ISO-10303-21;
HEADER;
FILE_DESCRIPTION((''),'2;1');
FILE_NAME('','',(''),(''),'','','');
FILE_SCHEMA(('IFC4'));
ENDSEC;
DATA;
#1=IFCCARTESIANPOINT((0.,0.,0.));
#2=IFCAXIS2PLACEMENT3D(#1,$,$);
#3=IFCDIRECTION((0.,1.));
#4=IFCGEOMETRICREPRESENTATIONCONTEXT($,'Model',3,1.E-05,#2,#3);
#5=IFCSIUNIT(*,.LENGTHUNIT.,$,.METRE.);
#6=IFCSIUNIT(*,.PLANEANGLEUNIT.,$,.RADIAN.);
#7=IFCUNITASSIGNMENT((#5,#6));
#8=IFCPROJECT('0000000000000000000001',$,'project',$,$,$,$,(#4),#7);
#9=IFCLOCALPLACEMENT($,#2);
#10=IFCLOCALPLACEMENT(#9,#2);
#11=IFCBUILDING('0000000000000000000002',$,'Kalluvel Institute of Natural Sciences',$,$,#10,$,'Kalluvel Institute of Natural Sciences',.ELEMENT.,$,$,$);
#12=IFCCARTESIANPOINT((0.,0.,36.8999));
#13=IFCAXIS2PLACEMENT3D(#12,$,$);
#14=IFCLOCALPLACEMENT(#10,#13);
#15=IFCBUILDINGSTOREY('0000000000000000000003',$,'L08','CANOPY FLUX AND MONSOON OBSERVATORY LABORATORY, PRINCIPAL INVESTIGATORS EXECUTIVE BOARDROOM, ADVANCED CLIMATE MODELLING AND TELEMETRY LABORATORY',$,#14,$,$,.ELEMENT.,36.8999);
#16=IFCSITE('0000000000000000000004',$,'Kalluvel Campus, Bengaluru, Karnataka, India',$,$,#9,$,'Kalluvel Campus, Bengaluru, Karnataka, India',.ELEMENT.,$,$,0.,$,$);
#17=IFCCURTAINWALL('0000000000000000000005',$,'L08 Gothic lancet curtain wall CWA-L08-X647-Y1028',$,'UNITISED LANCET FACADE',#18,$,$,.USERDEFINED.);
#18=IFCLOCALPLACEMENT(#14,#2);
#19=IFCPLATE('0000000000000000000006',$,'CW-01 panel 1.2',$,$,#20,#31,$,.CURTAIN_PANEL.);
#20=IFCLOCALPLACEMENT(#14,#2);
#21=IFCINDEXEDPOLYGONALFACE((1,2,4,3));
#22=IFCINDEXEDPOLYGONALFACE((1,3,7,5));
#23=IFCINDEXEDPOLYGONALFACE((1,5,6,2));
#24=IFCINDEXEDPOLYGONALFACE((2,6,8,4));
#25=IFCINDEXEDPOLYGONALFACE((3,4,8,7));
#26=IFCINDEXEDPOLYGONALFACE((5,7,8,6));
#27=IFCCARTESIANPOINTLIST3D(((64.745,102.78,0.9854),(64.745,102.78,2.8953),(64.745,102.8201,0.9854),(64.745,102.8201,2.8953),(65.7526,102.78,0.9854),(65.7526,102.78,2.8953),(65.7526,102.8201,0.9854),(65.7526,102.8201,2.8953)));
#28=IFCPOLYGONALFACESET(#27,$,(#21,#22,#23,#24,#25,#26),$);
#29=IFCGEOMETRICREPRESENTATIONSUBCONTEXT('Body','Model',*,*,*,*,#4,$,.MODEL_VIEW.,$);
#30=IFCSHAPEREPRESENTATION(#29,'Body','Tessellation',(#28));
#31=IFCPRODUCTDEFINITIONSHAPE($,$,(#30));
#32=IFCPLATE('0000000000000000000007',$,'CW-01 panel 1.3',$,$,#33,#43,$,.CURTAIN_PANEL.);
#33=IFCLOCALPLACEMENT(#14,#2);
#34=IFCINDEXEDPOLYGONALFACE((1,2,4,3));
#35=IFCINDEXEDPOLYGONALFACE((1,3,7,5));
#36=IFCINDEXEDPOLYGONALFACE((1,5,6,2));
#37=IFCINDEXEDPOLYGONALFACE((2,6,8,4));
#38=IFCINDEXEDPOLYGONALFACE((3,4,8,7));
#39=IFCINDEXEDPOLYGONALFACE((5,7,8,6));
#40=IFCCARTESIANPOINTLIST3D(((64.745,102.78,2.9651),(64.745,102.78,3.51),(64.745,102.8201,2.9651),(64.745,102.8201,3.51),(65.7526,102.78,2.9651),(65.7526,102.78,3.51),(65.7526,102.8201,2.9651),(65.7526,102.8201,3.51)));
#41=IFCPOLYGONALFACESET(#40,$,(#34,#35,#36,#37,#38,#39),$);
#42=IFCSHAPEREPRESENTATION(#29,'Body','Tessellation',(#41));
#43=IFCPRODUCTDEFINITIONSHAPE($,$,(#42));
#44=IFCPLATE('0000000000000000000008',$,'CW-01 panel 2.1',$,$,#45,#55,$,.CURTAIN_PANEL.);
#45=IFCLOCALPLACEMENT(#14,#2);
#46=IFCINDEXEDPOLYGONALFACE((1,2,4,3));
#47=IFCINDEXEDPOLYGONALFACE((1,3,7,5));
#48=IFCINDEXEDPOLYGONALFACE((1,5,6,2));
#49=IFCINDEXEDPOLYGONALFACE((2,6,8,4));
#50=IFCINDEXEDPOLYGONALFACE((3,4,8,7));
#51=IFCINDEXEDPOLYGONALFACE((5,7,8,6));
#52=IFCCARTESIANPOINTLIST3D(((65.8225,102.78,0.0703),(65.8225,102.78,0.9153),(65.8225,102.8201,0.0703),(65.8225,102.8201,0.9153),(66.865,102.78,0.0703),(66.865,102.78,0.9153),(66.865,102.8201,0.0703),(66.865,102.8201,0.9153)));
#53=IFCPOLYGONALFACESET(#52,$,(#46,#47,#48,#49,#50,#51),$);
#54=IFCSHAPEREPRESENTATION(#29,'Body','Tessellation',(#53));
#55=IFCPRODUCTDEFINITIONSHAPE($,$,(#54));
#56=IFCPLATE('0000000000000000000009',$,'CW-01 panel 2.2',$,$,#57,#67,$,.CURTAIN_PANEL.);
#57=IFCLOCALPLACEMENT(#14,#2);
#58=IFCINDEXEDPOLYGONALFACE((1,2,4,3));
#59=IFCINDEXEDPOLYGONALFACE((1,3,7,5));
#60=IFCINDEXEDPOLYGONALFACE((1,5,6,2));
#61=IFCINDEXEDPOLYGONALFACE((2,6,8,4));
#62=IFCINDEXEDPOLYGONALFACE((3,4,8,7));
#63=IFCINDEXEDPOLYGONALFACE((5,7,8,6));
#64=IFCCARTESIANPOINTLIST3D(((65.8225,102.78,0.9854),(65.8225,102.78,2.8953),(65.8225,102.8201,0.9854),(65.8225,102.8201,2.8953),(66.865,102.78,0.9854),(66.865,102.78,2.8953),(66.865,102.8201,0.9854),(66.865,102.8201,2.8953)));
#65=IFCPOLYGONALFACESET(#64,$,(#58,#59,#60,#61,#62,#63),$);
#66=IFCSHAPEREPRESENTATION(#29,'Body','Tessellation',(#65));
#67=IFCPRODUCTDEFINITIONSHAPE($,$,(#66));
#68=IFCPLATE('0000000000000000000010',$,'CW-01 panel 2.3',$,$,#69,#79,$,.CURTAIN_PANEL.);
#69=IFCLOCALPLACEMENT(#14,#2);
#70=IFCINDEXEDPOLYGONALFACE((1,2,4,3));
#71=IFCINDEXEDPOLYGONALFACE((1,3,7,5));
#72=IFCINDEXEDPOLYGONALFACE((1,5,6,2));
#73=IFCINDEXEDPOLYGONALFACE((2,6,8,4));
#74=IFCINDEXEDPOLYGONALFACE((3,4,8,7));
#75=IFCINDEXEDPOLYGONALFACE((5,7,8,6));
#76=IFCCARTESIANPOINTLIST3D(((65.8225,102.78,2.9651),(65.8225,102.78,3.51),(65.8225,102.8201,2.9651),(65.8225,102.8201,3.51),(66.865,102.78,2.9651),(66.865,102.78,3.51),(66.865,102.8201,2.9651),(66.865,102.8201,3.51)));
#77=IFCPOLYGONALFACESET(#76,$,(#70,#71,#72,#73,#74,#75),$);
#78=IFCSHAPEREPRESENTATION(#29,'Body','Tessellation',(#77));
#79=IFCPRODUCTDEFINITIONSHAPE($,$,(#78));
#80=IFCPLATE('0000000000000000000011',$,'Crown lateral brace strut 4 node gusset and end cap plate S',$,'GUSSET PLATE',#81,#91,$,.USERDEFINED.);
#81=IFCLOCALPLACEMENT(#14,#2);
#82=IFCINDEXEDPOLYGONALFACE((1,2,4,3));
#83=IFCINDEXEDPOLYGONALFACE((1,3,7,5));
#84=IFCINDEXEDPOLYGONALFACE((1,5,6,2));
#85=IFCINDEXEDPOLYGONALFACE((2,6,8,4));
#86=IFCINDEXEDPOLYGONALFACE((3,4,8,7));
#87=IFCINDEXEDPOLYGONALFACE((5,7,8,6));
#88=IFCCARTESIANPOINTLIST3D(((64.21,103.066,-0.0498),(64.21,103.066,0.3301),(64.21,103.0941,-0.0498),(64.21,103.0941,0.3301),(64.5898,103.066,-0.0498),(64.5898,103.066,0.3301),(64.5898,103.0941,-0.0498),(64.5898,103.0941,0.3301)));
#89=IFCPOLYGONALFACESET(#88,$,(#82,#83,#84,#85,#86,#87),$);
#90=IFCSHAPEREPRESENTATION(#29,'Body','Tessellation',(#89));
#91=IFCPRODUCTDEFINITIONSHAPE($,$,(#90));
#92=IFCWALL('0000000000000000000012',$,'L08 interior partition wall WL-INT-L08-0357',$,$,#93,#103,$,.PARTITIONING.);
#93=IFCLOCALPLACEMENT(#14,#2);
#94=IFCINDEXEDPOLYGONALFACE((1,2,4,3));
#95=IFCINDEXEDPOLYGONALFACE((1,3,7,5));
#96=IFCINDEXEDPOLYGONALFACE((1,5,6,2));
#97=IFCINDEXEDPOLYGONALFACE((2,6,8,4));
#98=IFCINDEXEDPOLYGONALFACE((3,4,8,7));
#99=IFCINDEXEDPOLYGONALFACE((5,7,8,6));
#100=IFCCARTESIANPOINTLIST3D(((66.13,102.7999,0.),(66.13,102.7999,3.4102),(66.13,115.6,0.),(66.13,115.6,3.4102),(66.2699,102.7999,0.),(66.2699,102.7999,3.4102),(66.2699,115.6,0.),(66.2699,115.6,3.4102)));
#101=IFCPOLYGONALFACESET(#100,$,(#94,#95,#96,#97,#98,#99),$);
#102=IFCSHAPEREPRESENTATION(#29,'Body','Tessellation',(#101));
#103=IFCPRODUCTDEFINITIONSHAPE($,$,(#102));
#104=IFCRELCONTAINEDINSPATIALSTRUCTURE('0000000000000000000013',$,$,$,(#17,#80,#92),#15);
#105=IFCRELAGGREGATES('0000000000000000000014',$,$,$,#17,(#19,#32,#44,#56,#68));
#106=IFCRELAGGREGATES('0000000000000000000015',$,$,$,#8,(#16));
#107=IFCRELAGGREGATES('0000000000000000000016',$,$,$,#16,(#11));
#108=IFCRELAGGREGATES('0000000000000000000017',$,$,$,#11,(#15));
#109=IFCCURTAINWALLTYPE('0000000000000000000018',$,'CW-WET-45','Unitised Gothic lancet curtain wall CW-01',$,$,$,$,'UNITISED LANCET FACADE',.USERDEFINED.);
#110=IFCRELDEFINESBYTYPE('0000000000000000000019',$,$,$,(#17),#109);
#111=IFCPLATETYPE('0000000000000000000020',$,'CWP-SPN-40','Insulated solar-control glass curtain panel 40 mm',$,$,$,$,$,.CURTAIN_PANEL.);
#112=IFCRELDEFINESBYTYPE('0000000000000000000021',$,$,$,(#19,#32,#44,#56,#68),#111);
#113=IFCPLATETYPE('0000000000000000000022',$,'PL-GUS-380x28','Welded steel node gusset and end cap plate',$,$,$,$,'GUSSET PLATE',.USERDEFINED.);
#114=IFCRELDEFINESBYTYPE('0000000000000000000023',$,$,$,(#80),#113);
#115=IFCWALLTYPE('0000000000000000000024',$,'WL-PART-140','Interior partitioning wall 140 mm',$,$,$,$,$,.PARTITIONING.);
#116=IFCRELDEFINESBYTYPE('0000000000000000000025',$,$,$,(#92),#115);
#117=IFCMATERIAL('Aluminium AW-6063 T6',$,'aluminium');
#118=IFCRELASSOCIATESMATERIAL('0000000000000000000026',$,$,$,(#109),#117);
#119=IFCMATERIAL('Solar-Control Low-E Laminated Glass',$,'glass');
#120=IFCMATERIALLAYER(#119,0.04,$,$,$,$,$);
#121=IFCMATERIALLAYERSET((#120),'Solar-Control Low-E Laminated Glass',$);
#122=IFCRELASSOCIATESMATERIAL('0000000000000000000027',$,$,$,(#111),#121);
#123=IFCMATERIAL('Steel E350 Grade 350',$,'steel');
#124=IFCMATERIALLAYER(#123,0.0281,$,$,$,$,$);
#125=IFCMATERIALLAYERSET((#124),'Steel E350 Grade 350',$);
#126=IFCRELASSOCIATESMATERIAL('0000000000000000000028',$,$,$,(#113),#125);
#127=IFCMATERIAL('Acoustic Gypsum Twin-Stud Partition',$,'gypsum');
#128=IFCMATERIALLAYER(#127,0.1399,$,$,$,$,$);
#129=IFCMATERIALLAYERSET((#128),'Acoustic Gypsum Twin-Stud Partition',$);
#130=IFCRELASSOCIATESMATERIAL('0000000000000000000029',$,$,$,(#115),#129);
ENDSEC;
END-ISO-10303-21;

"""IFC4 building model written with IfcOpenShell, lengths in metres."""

from ifc_helpers import new_model, si_unit, direction, frame, frame_2d, origin, origin_2d, place, context, subcontext, project, spatial, rectangle, extrude, material, layer, layer_set, type_object, element, aggregate, save


model = new_model("IFC4")

# Units and contexts
model_context = context("Model", 3, precision=1e-05, world=origin(), true_north=direction((0.0, 1.0)))
body_context = subcontext(model_context, "Body", "Model", "MODEL_VIEW")
ifc_project = project(units=[si_unit("LENGTHUNIT", "METRE"), si_unit("PLANEANGLEUNIT", "RADIAN")], contexts=[model_context])

# Site, building, storey
site_placement = place(None, origin())
site = spatial("IfcSite", under=ifc_project, at=site_placement, Name="Kalluvel Campus, Bengaluru, Karnataka, India", LongName="Kalluvel Campus, Bengaluru, Karnataka, India", CompositionType="ELEMENT", RefElevation=0.0)
building_placement = place(site_placement, origin())
building = spatial("IfcBuilding", under=site, at=building_placement, Name="Kalluvel Institute of Natural Sciences", LongName="Kalluvel Institute of Natural Sciences", CompositionType="ELEMENT")
storey_placement = place(building_placement, frame((0.0, 0.0, 36.8999)))
storey = spatial("IfcBuildingStorey", under=building, at=storey_placement, Name="L08", Description="CANOPY FLUX AND MONSOON OBSERVATORY LABORATORY, PRINCIPAL INVESTIGATORS EXECUTIVE BOARDROOM, ADVANCED CLIMATE MODELLING AND TELEMETRY LABORATORY", CompositionType="ELEMENT", Elevation=36.8999)

# Shared definitions
ifc_material_1 = material(Name="Steel E350 Grade 350", Category="steel")

# Curtain wall
ifc_material_2 = material(Name="Aluminium AW-6063 T6", Category="aluminium")
curtain_wall_type = type_object("IfcCurtainWallType", Name="CW-WET-45", Description="Unitised Gothic lancet curtain wall CW-01", ElementType="UNITISED LANCET FACADE", PredefinedType="USERDEFINED", material=ifc_material_2)
curtain_wall_1_placement = place(storey_placement, origin())
curtain_wall_1 = element("IfcCurtainWall", 1, at=curtain_wall_1_placement, inside=storey, type_object=curtain_wall_type, Name="L08 Gothic lancet curtain wall CWA-L08-X647-Y1028", ObjectType="UNITISED LANCET FACADE", PredefinedType="USERDEFINED")

# Shared definitions
ifc_material_3 = material(Name="Solar-Control Low-E Laminated Glass", Category="glass")
ifc_layer_1 = layer(ifc_material_3, 0.04)
ifc_layer_set_1 = layer_set([ifc_layer_1], Name="Solar-Control Low-E Laminated Glass")
plate_type_1 = type_object("IfcPlateType", Name="CWP-SPN-40", Description="Insulated solar-control glass curtain panel 40 mm", PredefinedType="CURTAIN_PANEL", material=ifc_layer_set_1)

# Plates
plate_1_placement = place(storey_placement, frame((65.2488, 102.8, 0.9854), z_axis=(0.0, 0.0, 1.0), x_axis=(1.0, 0.0, 0.0)))
plate_1 = element("IfcPlate", 2, at=plate_1_placement, type_object=plate_type_1, Name="CW-01 panel 1.2", PredefinedType="CURTAIN_PANEL", context=body_context, shape_type="SweptSolid", body=[
    extrude(rectangle(XDim=1.0076, YDim=0.04, at=origin_2d()), origin(), (0.0, 0.0, 1.0), 1.9099),
])
plate_2_placement = place(storey_placement, frame((65.2488, 102.8, 2.9651), z_axis=(0.0, 0.0, 1.0), x_axis=(1.0, 0.0, 0.0)))
plate_2 = element("IfcPlate", 3, at=plate_2_placement, type_object=plate_type_1, Name="CW-01 panel 1.3", PredefinedType="CURTAIN_PANEL", context=body_context, shape_type="SweptSolid", body=[
    extrude(rectangle(XDim=1.0076, YDim=0.04, at=origin_2d()), origin(), (0.0, 0.0, 1.0), 0.5449),
])
plate_3_placement = place(storey_placement, frame((66.3438, 102.8, 0.0703), z_axis=(0.0, 0.0, 1.0), x_axis=(1.0, 0.0, 0.0)))
plate_3 = element("IfcPlate", 4, at=plate_3_placement, type_object=plate_type_1, Name="CW-01 panel 2.1", PredefinedType="CURTAIN_PANEL", context=body_context, shape_type="SweptSolid", body=[
    extrude(rectangle(XDim=1.0425, YDim=0.04, at=origin_2d()), origin(), (0.0, 0.0, 1.0), 0.845),
])
plate_4_placement = place(storey_placement, frame((66.3438, 102.8, 0.9854), z_axis=(0.0, 0.0, 1.0), x_axis=(1.0, 0.0, 0.0)))
plate_4 = element("IfcPlate", 5, at=plate_4_placement, type_object=plate_type_1, Name="CW-01 panel 2.2", PredefinedType="CURTAIN_PANEL", context=body_context, shape_type="SweptSolid", body=[
    extrude(rectangle(XDim=1.0425, YDim=0.04, at=origin_2d()), origin(), (0.0, 0.0, 1.0), 1.9099),
])
plate_5_placement = place(storey_placement, frame((66.3438, 102.8, 2.9651), z_axis=(0.0, 0.0, 1.0), x_axis=(1.0, 0.0, 0.0)))
plate_5 = element("IfcPlate", 6, at=plate_5_placement, type_object=plate_type_1, Name="CW-01 panel 2.3", PredefinedType="CURTAIN_PANEL", context=body_context, shape_type="SweptSolid", body=[
    extrude(rectangle(XDim=1.0425, YDim=0.04, at=origin_2d()), origin(), (0.0, 0.0, 1.0), 0.5449),
])
aggregate(curtain_wall_1, [plate_1, plate_2, plate_3, plate_4, plate_5])
ifc_layer_2 = layer(ifc_material_1, 0.0281)
ifc_layer_set_2 = layer_set([ifc_layer_2], Name="Steel E350 Grade 350")
plate_type_2 = type_object("IfcPlateType", Name="PL-GUS-380x28", Description="Welded steel node gusset and end cap plate", ElementType="GUSSET PLATE", PredefinedType="USERDEFINED", material=ifc_layer_set_2)
plate_6_placement = place(storey_placement, frame((64.3999, 103.0801, -0.0498), z_axis=(0.0, 0.0, 1.0), x_axis=(1.0, 0.0, 0.0)))
element("IfcPlate", 7, at=plate_6_placement, inside=storey, type_object=plate_type_2, Name="Crown lateral brace strut 4 node gusset and end cap plate S", ObjectType="GUSSET PLATE", PredefinedType="USERDEFINED", context=body_context, shape_type="SweptSolid", body=[
    extrude(rectangle(XDim=0.3799, YDim=0.0281, at=origin_2d()), origin(), (0.0, 0.0, 1.0), 0.3799),
])

# Wall
ifc_material_4 = material(Name="Acoustic Gypsum Twin-Stud Partition", Category="gypsum")
ifc_layer_3 = layer(ifc_material_4, 0.1399)
ifc_layer_set_3 = layer_set([ifc_layer_3], Name="Acoustic Gypsum Twin-Stud Partition")
wall_type = type_object("IfcWallType", Name="WL-PART-140", Description="Interior partitioning wall 140 mm", PredefinedType="PARTITIONING", material=ifc_layer_set_3)
wall_placement = place(storey_placement, frame((66.2, 102.8, 0.0), z_axis=(0.0, 0.0, 1.0), x_axis=(0.0, 1.0, 0.0)))
element("IfcWall", 8, at=wall_placement, inside=storey, type_object=wall_type, Name="L08 interior partition wall WL-INT-L08-0357", PredefinedType="PARTITIONING", context=body_context, shape_type="SweptSolid", body=[
    extrude(rectangle(XDim=12.8, YDim=0.1399, at=frame_2d((6.3999, 0.0))), origin(), (0.0, 0.0, 1.0), 3.4102),
])

save(model, "model.ifc")
